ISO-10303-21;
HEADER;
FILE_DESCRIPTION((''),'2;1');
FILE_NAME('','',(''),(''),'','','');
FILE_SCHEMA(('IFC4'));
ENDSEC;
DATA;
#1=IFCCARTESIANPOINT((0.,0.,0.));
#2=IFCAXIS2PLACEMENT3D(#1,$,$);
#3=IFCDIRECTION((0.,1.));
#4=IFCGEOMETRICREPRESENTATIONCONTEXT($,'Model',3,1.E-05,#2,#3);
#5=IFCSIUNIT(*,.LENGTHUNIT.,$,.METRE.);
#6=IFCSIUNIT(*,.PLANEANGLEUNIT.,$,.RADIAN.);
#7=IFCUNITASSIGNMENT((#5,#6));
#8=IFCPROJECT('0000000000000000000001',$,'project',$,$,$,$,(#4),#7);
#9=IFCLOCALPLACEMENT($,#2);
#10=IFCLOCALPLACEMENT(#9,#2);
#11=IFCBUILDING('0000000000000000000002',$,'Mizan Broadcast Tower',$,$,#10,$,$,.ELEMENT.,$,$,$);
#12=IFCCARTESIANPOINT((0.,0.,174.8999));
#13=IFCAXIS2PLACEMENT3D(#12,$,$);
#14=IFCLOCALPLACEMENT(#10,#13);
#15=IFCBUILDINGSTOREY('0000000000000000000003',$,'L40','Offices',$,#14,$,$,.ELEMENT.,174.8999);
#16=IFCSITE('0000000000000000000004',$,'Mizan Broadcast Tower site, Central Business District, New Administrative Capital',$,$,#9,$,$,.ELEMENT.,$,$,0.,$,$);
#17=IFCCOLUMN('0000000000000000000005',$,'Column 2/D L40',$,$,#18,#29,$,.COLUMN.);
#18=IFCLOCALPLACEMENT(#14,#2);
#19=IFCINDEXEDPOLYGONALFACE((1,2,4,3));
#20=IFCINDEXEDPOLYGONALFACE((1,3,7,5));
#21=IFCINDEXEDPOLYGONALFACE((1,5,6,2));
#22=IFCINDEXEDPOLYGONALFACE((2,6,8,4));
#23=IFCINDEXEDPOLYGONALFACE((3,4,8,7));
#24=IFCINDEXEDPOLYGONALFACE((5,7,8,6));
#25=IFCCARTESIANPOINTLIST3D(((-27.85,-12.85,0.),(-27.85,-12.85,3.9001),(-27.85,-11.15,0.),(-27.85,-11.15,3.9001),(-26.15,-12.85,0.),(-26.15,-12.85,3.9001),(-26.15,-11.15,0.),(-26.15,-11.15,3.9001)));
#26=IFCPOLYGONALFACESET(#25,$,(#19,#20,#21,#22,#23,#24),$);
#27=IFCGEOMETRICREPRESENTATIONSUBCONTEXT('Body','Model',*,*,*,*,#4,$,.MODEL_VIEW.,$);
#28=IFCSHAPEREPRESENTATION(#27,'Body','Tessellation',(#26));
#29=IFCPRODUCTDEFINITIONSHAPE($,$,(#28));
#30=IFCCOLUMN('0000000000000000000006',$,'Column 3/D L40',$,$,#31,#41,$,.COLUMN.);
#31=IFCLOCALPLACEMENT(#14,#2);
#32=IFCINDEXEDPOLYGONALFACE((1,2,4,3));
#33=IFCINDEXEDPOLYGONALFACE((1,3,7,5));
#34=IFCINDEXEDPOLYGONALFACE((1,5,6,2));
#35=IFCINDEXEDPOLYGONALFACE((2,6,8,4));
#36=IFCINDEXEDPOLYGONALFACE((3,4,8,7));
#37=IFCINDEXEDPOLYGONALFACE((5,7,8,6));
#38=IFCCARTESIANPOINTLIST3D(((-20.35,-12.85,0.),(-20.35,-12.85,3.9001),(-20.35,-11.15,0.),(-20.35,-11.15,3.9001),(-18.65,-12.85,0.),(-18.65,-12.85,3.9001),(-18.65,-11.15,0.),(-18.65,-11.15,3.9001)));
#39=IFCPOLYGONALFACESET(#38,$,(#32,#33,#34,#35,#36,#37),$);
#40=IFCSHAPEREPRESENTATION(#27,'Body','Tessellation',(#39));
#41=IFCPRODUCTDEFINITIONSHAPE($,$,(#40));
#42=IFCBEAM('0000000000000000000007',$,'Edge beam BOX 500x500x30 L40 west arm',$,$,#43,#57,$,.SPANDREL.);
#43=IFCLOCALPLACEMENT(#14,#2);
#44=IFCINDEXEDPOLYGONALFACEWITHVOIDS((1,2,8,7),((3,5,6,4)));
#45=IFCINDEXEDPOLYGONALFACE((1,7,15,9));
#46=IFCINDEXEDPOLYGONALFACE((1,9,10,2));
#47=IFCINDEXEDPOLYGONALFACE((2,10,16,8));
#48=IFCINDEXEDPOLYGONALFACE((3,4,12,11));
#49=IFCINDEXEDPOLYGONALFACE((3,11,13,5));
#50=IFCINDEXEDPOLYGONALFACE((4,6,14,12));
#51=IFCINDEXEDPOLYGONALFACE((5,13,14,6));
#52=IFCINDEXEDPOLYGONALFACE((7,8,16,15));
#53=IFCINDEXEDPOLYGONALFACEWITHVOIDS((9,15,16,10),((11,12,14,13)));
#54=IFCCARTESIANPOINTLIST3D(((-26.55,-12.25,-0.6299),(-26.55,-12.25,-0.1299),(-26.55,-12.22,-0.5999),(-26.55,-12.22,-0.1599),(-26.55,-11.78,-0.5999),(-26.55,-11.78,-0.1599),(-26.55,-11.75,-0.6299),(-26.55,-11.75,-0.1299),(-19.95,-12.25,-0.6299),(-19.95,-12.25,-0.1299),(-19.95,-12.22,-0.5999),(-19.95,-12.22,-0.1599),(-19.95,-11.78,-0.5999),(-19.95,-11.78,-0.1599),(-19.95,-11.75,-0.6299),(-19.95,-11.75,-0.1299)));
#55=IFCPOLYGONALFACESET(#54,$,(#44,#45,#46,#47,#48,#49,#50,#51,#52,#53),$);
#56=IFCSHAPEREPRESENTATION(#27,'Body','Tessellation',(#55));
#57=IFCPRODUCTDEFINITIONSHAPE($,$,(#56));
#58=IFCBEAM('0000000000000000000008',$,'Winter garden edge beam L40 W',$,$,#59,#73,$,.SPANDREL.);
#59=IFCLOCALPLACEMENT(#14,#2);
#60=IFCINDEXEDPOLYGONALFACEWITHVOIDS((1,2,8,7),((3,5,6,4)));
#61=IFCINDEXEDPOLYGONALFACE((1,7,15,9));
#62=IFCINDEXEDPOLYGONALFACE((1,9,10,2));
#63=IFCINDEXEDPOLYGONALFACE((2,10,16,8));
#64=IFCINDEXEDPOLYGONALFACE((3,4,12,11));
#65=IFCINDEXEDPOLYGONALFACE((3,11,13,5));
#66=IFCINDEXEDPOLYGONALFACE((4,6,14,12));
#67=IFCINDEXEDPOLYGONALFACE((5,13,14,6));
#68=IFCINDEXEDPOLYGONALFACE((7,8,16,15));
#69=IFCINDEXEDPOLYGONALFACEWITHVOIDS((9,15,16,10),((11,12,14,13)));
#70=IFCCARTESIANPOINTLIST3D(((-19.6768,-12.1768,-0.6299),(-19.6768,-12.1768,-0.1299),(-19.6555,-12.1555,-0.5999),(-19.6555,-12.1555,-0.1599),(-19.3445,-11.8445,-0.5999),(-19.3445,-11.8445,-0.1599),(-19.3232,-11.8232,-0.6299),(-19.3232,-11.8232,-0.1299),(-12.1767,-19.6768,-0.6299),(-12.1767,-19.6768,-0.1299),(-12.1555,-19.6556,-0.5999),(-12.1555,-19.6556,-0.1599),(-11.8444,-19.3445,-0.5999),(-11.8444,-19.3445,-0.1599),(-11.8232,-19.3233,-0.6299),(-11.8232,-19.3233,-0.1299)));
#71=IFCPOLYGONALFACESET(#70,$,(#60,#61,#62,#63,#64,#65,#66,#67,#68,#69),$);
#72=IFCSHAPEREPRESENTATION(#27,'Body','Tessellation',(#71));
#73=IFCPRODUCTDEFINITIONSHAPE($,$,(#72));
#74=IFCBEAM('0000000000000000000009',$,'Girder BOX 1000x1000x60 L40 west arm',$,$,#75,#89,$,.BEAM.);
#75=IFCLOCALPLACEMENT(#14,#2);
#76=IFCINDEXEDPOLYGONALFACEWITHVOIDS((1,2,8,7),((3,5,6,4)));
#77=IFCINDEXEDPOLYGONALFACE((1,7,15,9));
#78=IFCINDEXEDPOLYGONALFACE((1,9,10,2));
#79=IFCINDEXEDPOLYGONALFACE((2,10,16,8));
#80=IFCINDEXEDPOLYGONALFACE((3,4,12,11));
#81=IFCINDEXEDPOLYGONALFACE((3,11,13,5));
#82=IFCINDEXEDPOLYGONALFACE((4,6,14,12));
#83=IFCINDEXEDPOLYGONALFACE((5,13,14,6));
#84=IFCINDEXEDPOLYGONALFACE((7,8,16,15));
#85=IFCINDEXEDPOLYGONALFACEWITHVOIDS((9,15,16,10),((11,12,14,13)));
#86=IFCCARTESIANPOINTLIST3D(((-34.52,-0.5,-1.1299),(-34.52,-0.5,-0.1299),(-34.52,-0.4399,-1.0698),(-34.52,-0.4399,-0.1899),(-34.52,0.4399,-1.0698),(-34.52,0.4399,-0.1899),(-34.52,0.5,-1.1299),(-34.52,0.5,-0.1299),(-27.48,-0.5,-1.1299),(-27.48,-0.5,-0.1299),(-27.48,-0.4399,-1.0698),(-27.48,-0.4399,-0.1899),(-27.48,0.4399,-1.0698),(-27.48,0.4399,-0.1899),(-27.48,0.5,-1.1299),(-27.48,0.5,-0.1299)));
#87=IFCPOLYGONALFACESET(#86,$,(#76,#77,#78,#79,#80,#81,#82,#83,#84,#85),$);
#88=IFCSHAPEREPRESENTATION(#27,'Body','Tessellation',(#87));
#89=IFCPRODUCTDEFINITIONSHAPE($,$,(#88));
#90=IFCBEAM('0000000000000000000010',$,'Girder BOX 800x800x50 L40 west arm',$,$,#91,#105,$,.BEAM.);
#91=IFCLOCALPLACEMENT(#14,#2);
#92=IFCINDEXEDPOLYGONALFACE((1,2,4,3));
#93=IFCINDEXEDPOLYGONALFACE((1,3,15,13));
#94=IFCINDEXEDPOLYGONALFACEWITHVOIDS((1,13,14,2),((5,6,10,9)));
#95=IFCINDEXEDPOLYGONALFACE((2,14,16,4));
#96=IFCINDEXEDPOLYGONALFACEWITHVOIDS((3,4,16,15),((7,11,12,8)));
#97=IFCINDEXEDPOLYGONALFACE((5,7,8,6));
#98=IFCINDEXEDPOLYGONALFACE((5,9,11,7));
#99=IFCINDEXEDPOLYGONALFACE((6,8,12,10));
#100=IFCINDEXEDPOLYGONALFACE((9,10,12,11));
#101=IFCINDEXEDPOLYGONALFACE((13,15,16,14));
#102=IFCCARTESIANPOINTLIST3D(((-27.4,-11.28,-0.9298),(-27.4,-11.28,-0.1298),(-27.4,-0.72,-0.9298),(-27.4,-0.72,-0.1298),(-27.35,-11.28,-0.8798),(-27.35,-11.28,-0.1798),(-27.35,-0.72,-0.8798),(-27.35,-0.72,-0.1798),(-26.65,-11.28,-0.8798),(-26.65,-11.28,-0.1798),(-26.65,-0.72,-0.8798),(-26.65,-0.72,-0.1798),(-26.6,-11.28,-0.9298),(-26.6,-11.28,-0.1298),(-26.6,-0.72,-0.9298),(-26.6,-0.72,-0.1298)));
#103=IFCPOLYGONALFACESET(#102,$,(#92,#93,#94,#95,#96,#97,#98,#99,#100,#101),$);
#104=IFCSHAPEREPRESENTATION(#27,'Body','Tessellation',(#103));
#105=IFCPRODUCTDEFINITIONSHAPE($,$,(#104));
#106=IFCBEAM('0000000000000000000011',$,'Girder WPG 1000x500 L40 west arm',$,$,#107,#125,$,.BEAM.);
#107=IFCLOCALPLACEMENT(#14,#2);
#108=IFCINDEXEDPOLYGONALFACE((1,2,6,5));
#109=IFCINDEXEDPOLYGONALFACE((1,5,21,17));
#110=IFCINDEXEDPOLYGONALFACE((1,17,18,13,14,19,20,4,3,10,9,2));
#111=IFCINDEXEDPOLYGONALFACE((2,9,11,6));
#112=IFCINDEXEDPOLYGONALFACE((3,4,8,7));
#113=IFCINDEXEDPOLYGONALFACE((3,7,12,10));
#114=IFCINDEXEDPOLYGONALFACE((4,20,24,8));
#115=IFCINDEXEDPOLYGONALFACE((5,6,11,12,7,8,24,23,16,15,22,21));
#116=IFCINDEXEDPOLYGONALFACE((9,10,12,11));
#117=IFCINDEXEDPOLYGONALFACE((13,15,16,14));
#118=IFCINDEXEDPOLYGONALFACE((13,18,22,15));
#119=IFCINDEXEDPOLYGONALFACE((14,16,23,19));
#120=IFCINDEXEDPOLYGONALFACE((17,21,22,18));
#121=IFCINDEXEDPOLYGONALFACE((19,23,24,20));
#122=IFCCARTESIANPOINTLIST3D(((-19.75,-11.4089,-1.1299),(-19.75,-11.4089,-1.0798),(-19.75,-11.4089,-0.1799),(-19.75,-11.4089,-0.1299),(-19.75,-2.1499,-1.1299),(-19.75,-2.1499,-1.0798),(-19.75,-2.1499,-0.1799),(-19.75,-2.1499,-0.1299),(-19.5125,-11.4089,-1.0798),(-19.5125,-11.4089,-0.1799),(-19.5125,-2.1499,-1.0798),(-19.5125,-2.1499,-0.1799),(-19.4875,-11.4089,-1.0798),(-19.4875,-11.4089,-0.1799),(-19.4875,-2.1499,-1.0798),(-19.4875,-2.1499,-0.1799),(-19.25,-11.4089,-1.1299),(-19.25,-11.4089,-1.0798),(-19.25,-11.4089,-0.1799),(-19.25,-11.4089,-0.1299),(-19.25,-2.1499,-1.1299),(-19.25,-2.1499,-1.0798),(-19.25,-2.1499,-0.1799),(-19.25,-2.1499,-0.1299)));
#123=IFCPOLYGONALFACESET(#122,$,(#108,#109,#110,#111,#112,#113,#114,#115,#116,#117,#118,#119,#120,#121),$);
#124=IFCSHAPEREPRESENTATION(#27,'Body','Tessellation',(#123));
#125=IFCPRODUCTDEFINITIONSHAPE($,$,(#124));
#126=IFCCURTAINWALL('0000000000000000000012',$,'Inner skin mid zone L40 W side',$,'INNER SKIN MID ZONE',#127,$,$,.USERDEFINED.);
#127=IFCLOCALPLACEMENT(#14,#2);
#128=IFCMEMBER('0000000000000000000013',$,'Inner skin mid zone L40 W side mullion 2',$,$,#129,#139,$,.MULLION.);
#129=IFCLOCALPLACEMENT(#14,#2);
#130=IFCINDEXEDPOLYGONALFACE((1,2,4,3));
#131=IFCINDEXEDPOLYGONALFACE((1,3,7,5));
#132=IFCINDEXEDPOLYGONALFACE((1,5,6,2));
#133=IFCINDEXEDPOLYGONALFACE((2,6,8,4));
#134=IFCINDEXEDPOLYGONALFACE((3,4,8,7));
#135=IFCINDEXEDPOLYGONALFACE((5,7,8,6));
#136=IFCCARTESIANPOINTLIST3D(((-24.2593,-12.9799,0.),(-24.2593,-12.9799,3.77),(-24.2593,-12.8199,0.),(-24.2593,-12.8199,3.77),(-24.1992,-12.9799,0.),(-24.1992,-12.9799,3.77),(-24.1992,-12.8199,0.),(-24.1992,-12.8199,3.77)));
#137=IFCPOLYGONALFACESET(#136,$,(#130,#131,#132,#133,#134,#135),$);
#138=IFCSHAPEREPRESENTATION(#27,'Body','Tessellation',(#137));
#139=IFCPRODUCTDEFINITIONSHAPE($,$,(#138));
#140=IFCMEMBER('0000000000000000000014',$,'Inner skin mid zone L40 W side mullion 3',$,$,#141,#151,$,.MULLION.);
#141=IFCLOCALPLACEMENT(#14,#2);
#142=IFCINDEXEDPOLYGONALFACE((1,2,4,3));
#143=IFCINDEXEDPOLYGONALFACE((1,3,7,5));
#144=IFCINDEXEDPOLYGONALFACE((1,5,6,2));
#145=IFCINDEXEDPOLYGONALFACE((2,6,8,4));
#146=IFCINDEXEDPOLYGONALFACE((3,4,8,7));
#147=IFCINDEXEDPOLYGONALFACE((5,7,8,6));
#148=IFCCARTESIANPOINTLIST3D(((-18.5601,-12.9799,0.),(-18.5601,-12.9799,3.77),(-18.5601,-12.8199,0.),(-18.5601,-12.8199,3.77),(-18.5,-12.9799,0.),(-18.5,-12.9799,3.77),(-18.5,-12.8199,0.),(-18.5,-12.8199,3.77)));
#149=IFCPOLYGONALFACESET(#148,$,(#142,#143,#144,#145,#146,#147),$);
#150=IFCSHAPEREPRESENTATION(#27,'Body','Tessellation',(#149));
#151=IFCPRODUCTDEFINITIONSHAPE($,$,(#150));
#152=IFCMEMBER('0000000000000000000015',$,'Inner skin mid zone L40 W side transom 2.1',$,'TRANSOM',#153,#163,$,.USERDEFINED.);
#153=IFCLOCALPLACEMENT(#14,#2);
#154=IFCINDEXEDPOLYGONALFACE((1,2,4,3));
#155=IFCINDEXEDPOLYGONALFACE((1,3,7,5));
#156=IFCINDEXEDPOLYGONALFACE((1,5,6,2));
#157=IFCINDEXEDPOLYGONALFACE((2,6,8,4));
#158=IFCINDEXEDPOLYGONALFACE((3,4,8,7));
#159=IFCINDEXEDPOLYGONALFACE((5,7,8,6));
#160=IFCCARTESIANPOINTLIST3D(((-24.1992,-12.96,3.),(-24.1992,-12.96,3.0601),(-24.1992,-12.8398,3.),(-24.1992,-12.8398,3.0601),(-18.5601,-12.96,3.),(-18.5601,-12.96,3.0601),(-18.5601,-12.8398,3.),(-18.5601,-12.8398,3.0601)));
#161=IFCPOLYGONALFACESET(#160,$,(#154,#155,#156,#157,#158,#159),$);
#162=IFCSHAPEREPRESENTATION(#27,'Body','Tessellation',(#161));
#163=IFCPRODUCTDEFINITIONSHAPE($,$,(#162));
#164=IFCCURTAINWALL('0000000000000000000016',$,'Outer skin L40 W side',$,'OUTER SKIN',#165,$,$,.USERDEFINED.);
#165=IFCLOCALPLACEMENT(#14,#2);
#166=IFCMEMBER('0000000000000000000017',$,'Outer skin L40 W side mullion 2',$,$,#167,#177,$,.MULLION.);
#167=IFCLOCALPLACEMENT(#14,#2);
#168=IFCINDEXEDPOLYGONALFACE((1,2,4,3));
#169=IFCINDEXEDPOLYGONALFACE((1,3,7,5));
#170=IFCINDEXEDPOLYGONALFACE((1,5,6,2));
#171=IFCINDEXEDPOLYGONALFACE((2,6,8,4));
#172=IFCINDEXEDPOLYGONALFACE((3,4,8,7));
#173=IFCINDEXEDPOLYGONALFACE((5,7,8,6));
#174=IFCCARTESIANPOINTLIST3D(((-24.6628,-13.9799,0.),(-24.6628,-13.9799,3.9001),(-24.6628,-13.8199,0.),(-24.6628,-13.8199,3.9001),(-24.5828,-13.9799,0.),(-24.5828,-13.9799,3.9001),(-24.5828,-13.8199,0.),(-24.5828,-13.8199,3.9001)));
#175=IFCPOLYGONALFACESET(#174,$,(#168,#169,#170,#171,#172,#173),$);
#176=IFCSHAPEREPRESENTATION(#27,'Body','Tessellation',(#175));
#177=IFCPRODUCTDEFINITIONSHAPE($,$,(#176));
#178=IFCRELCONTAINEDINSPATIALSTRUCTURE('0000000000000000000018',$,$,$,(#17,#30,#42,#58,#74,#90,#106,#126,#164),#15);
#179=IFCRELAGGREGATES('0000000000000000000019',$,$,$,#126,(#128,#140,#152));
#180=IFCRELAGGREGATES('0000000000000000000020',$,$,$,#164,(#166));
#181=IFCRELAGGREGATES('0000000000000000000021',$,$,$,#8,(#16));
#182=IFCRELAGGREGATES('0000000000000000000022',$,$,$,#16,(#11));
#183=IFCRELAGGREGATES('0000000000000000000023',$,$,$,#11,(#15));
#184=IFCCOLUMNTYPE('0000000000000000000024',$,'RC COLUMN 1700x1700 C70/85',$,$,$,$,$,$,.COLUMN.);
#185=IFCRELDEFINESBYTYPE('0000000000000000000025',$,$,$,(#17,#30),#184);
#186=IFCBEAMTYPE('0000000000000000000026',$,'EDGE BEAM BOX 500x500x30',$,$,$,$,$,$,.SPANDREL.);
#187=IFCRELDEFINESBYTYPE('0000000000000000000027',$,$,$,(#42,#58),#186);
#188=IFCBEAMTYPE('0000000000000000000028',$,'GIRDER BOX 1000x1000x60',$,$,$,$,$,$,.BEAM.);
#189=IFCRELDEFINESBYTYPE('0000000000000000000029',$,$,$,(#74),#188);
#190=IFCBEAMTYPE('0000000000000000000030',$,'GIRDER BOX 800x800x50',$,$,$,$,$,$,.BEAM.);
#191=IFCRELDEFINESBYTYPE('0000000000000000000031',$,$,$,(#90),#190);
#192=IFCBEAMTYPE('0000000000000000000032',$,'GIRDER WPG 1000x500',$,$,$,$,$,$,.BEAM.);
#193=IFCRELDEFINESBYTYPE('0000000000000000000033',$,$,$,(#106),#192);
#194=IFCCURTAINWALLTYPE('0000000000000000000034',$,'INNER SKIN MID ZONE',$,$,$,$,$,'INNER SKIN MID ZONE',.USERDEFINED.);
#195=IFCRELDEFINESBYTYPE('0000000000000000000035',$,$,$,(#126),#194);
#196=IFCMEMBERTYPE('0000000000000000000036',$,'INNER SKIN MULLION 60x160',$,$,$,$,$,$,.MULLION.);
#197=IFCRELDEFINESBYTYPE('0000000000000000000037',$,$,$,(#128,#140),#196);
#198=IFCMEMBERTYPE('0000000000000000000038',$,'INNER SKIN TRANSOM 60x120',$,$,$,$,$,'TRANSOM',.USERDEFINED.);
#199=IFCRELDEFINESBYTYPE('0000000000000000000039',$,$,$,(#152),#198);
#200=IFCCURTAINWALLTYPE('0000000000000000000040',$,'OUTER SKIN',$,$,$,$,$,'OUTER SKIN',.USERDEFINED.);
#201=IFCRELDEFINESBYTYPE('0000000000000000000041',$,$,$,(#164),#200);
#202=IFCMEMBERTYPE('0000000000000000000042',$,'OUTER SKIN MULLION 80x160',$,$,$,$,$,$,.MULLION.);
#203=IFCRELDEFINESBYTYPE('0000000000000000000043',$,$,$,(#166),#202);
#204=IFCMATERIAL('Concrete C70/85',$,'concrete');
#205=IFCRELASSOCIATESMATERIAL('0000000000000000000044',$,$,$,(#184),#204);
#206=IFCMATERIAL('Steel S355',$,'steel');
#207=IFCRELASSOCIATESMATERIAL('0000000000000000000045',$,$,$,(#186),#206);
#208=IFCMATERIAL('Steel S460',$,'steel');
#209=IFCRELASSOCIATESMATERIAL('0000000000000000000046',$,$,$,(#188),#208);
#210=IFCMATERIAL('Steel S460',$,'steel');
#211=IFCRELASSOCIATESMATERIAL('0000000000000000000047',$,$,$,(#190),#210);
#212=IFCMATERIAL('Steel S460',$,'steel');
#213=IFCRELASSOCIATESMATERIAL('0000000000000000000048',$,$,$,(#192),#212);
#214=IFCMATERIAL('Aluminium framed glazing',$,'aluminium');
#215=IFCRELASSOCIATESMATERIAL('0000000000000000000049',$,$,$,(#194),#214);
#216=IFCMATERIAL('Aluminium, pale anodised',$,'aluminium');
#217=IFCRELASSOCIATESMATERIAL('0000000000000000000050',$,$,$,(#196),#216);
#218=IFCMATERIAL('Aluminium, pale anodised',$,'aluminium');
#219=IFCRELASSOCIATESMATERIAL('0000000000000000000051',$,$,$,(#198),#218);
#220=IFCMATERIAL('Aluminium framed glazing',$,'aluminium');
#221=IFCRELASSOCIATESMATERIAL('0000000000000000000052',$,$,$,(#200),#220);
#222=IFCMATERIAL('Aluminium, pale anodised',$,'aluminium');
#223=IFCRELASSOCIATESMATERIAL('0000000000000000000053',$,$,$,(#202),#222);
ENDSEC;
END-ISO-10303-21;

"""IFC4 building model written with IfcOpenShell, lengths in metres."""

from ifc_helpers import new_model, si_unit, direction, frame, origin, origin_2d, place, context, subcontext, project, spatial, rectangle, hollow_rectangle, i_section, extrude, material, material_profile, profile_set, type_object, element, aggregate, save


model = new_model("IFC4")

# Units and contexts
model_context = context("Model", 3, precision=1e-05, world=origin(), true_north=direction((0.0, 1.0)))
body_context = subcontext(model_context, "Body", "Model", "MODEL_VIEW")
ifc_project = project(units=[si_unit("LENGTHUNIT", "METRE"), si_unit("PLANEANGLEUNIT", "RADIAN")], contexts=[model_context])

# Site, building, storey
site_placement = place(None, origin())
site = spatial("IfcSite", under=ifc_project, at=site_placement, Name="Mizan Broadcast Tower site, Central Business District, New Administrative Capital", CompositionType="ELEMENT", RefElevation=0.0)
building_placement = place(site_placement, origin())
building = spatial("IfcBuilding", under=site, at=building_placement, Name="Mizan Broadcast Tower", CompositionType="ELEMENT")
storey_placement = place(building_placement, frame((0.0, 0.0, 174.8999)))
storey = spatial("IfcBuildingStorey", under=building, at=storey_placement, Name="L40", Description="Offices", CompositionType="ELEMENT", Elevation=174.8999)

# Columns
ifc_material_1 = material(Name="Concrete C70/85", Category="concrete")
ifc_material_profile_1 = material_profile(ifc_material_1, rectangle(XDim=1.7, YDim=1.7, at=origin_2d()), Name="RC 1700x1700")
ifc_profile_set_1 = profile_set([ifc_material_profile_1], Name="Concrete C70/85")
column_type = type_object("IfcColumnType", Name="RC COLUMN 1700x1700 C70/85", PredefinedType="COLUMN", material=ifc_profile_set_1)
for number, where, z_axis, x_axis, name in (
    (1, (-27.0, -12.0, 0.0), (0.0, 0.0, 1.0), (1.0, 0.0, 0.0), "Column 2/D L40"),
    (2, (-19.5, -12.0, 0.0), (0.0, 0.0, 1.0), (1.0, 0.0, 0.0), "Column 3/D L40"),
):
    element("IfcColumn", number, at=place(storey_placement, frame(where, z_axis=z_axis, x_axis=x_axis)), inside=storey, type_object=column_type, Name=name, PredefinedType="COLUMN", context=body_context, shape_type="SweptSolid", body=[
        extrude(rectangle(XDim=1.7, YDim=1.7, at=origin_2d()), origin(), (0.0, 0.0, 1.0), 3.9001),
    ])

# Beams
ifc_material_2 = material(Name="Steel S355", Category="steel")
ifc_material_profile_2 = material_profile(ifc_material_2, hollow_rectangle(XDim=0.5, YDim=0.5, WallThickness=0.03, at=origin_2d()), Name="BOX 500x500x30")
ifc_profile_set_2 = profile_set([ifc_material_profile_2], Name="Steel S355")
beam_type_1 = type_object("IfcBeamType", Name="EDGE BEAM BOX 500x500x30", PredefinedType="SPANDREL", material=ifc_profile_set_2)
beam_1_placement = place(storey_placement, frame((-19.95, -12.0, -0.3799), z_axis=(-1.0, 0.0, 0.0), x_axis=(0.0, -1.0, 0.0)))
element("IfcBeam", 3, at=beam_1_placement, inside=storey, type_object=beam_type_1, Name="Edge beam BOX 500x500x30 L40 west arm", PredefinedType="SPANDREL", context=body_context, shape_type="SweptSolid", body=[
    extrude(hollow_rectangle(XDim=0.5, YDim=0.5, WallThickness=0.03, at=origin_2d()), origin(), (0.0, 0.0, 1.0), 6.6001),
])
beam_2_placement = place(storey_placement, frame((-19.5, -12.0, -0.3799), z_axis=(0.707107, -0.707107, 0.0), x_axis=(0.707107, 0.707107, 0.0)))
element("IfcBeam", 4, at=beam_2_placement, inside=storey, type_object=beam_type_1, Name="Winter garden edge beam L40 W", PredefinedType="SPANDREL", context=body_context, shape_type="SweptSolid", body=[
    extrude(hollow_rectangle(XDim=0.5, YDim=0.5, WallThickness=0.03, at=origin_2d()), origin(), (0.0, 0.0, 1.0), 10.6067),
])
ifc_material_3 = material(Name="Steel S460", Category="steel")
ifc_material_profile_3 = material_profile(ifc_material_3, hollow_rectangle(XDim=1.0, YDim=1.0, WallThickness=0.0601, at=origin_2d()), Name="BOX 1000x1000x60")
ifc_profile_set_3 = profile_set([ifc_material_profile_3], Name="Steel S460")
beam_type_2 = type_object("IfcBeamType", Name="GIRDER BOX 1000x1000x60", PredefinedType="BEAM", material=ifc_profile_set_3)
beam_3_placement = place(storey_placement, frame((-27.48, 0.0, -0.6299), z_axis=(-1.0, 0.0, 0.0), x_axis=(0.0, -1.0, 0.0)))
element("IfcBeam", 5, at=beam_3_placement, inside=storey, type_object=beam_type_2, Name="Girder BOX 1000x1000x60 L40 west arm", PredefinedType="BEAM", context=body_context, shape_type="SweptSolid", body=[
    extrude(hollow_rectangle(XDim=1.0, YDim=1.0, WallThickness=0.0601, at=origin_2d()), origin(), (0.0, 0.0, 1.0), 7.04),
])
ifc_material_4 = material(Name="Steel S460", Category="steel")
ifc_material_profile_4 = material_profile(ifc_material_4, hollow_rectangle(XDim=0.8, YDim=0.8, WallThickness=0.05, at=origin_2d()), Name="BOX 800x800x50")
ifc_profile_set_4 = profile_set([ifc_material_profile_4], Name="Steel S460")
beam_type_3 = type_object("IfcBeamType", Name="GIRDER BOX 800x800x50", PredefinedType="BEAM", material=ifc_profile_set_4)
beam_4_placement = place(storey_placement, frame((-27.0, -11.28, -0.5298), z_axis=(0.0, 1.0, 0.0), x_axis=(-1.0, 0.0, 0.0)))
element("IfcBeam", 6, at=beam_4_placement, inside=storey, type_object=beam_type_3, Name="Girder BOX 800x800x50 L40 west arm", PredefinedType="BEAM", context=body_context, shape_type="SweptSolid", body=[
    extrude(hollow_rectangle(XDim=0.8, YDim=0.8, WallThickness=0.05, at=origin_2d()), origin(), (0.0, 0.0, 1.0), 10.5601),
])
ifc_material_5 = material(Name="Steel S460", Category="steel")
ifc_material_profile_5 = material_profile(ifc_material_5, i_section(OverallWidth=0.5, OverallDepth=1.0, WebThickness=0.0249, FlangeThickness=0.05, at=origin_2d()), Name="WPG 1000x500")
ifc_profile_set_5 = profile_set([ifc_material_profile_5], Name="Steel S460")
beam_type_4 = type_object("IfcBeamType", Name="GIRDER WPG 1000x500", PredefinedType="BEAM", material=ifc_profile_set_5)
beam_5_placement = place(storey_placement, frame((-19.5, -11.4089, -0.6299), z_axis=(0.0, 1.0, 0.0), x_axis=(-1.0, 0.0, 0.0)))
element("IfcBeam", 7, at=beam_5_placement, inside=storey, type_object=beam_type_4, Name="Girder WPG 1000x500 L40 west arm", PredefinedType="BEAM", context=body_context, shape_type="SweptSolid", body=[
    extrude(i_section(OverallWidth=0.5, OverallDepth=1.0, WebThickness=0.0249, FlangeThickness=0.05, at=origin_2d()), origin(), (0.0, 0.0, 1.0), 9.259),
])

# Curtain walls, members
ifc_material_6 = material(Name="Aluminium framed glazing", Category="aluminium")
curtain_wall_type_1 = type_object("IfcCurtainWallType", Name="INNER SKIN MID ZONE", ElementType="INNER SKIN MID ZONE", PredefinedType="USERDEFINED", material=ifc_material_6)
curtain_wall_1_placement = place(storey_placement, origin())
curtain_wall_1 = element("IfcCurtainWall", 8, at=curtain_wall_1_placement, inside=storey, type_object=curtain_wall_type_1, Name="Inner skin mid zone L40 W side", ObjectType="INNER SKIN MID ZONE", PredefinedType="USERDEFINED")
ifc_material_7 = material(Name="Aluminium, pale anodised", Category="aluminium")
ifc_material_profile_6 = material_profile(ifc_material_7, rectangle(XDim=0.1599, YDim=0.0601, at=origin_2d()), Name="MULLION 160x60")
ifc_profile_set_6 = profile_set([ifc_material_profile_6], Name="Aluminium, pale anodised")
member_type_1 = type_object("IfcMemberType", Name="INNER SKIN MULLION 60x160", PredefinedType="MULLION", material=ifc_profile_set_6)
member_1_placement = place(storey_placement, frame((-24.2292, -12.8999, 0.0), z_axis=(0.0, 0.0, 1.0), x_axis=(0.0, 1.0, 0.0)))
member_1 = element("IfcMember", 9, at=member_1_placement, type_object=member_type_1, Name="Inner skin mid zone L40 W side mullion 2", PredefinedType="MULLION", context=body_context, shape_type="SweptSolid", body=[
    extrude(rectangle(XDim=0.1599, YDim=0.0601, at=origin_2d()), origin(), (0.0, 0.0, 1.0), 3.77),
])
member_2_placement = place(storey_placement, frame((-18.53, -12.8999, 0.0), z_axis=(0.0, 0.0, 1.0), x_axis=(0.0, 1.0, 0.0)))
member_2 = element("IfcMember", 10, at=member_2_placement, type_object=member_type_1, Name="Inner skin mid zone L40 W side mullion 3", PredefinedType="MULLION", context=body_context, shape_type="SweptSolid", body=[
    extrude(rectangle(XDim=0.1599, YDim=0.0601, at=origin_2d()), origin(), (0.0, 0.0, 1.0), 3.77),
])
ifc_material_8 = material(Name="Aluminium, pale anodised", Category="aluminium")
ifc_material_profile_7 = material_profile(ifc_material_8, rectangle(XDim=0.1201, YDim=0.0601, at=origin_2d()), Name="TRANSOM 120x60")
ifc_profile_set_7 = profile_set([ifc_material_profile_7], Name="Aluminium, pale anodised")
member_type_2 = type_object("IfcMemberType", Name="INNER SKIN TRANSOM 60x120", ElementType="TRANSOM", PredefinedType="USERDEFINED", material=ifc_profile_set_7)
member_3_placement = place(storey_placement, frame((-24.1992, -12.8999, 3.03), z_axis=(1.0, 0.0, 0.0), x_axis=(0.0, 1.0, 0.0)))
member_3 = element("IfcMember", 11, at=member_3_placement, type_object=member_type_2, Name="Inner skin mid zone L40 W side transom 2.1", ObjectType="TRANSOM", PredefinedType="USERDEFINED", context=body_context, shape_type="SweptSolid", body=[
    extrude(rectangle(XDim=0.1201, YDim=0.0601, at=origin_2d()), origin(), (0.0, 0.0, 1.0), 5.6392),
])
ifc_material_9 = material(Name="Aluminium framed glazing", Category="aluminium")
curtain_wall_type_2 = type_object("IfcCurtainWallType", Name="OUTER SKIN", ElementType="OUTER SKIN", PredefinedType="USERDEFINED", material=ifc_material_9)
curtain_wall_2_placement = place(storey_placement, origin())
curtain_wall_2 = element("IfcCurtainWall", 12, at=curtain_wall_2_placement, inside=storey, type_object=curtain_wall_type_2, Name="Outer skin L40 W side", ObjectType="OUTER SKIN", PredefinedType="USERDEFINED")
ifc_material_10 = material(Name="Aluminium, pale anodised", Category="aluminium")
ifc_material_profile_8 = material_profile(ifc_material_10, rectangle(XDim=0.1599, YDim=0.0801, at=origin_2d()), Name="MULLION 160x80")
ifc_profile_set_8 = profile_set([ifc_material_profile_8], Name="Aluminium, pale anodised")
member_type_3 = type_object("IfcMemberType", Name="OUTER SKIN MULLION 80x160", PredefinedType="MULLION", material=ifc_profile_set_8)
member_4_placement = place(storey_placement, frame((-24.6228, -13.8999, 0.0), z_axis=(0.0, 0.0, 1.0), x_axis=(0.0, 1.0, 0.0)))
member_4 = element("IfcMember", 13, at=member_4_placement, type_object=member_type_3, Name="Outer skin L40 W side mullion 2", PredefinedType="MULLION", context=body_context, shape_type="SweptSolid", body=[
    extrude(rectangle(XDim=0.1599, YDim=0.0801, at=origin_2d()), origin(), (0.0, 0.0, 1.0), 3.9001),
])

aggregate(curtain_wall_1, [member_1, member_2, member_3])
aggregate(curtain_wall_2, [member_4])

save(model, "model.ifc")
